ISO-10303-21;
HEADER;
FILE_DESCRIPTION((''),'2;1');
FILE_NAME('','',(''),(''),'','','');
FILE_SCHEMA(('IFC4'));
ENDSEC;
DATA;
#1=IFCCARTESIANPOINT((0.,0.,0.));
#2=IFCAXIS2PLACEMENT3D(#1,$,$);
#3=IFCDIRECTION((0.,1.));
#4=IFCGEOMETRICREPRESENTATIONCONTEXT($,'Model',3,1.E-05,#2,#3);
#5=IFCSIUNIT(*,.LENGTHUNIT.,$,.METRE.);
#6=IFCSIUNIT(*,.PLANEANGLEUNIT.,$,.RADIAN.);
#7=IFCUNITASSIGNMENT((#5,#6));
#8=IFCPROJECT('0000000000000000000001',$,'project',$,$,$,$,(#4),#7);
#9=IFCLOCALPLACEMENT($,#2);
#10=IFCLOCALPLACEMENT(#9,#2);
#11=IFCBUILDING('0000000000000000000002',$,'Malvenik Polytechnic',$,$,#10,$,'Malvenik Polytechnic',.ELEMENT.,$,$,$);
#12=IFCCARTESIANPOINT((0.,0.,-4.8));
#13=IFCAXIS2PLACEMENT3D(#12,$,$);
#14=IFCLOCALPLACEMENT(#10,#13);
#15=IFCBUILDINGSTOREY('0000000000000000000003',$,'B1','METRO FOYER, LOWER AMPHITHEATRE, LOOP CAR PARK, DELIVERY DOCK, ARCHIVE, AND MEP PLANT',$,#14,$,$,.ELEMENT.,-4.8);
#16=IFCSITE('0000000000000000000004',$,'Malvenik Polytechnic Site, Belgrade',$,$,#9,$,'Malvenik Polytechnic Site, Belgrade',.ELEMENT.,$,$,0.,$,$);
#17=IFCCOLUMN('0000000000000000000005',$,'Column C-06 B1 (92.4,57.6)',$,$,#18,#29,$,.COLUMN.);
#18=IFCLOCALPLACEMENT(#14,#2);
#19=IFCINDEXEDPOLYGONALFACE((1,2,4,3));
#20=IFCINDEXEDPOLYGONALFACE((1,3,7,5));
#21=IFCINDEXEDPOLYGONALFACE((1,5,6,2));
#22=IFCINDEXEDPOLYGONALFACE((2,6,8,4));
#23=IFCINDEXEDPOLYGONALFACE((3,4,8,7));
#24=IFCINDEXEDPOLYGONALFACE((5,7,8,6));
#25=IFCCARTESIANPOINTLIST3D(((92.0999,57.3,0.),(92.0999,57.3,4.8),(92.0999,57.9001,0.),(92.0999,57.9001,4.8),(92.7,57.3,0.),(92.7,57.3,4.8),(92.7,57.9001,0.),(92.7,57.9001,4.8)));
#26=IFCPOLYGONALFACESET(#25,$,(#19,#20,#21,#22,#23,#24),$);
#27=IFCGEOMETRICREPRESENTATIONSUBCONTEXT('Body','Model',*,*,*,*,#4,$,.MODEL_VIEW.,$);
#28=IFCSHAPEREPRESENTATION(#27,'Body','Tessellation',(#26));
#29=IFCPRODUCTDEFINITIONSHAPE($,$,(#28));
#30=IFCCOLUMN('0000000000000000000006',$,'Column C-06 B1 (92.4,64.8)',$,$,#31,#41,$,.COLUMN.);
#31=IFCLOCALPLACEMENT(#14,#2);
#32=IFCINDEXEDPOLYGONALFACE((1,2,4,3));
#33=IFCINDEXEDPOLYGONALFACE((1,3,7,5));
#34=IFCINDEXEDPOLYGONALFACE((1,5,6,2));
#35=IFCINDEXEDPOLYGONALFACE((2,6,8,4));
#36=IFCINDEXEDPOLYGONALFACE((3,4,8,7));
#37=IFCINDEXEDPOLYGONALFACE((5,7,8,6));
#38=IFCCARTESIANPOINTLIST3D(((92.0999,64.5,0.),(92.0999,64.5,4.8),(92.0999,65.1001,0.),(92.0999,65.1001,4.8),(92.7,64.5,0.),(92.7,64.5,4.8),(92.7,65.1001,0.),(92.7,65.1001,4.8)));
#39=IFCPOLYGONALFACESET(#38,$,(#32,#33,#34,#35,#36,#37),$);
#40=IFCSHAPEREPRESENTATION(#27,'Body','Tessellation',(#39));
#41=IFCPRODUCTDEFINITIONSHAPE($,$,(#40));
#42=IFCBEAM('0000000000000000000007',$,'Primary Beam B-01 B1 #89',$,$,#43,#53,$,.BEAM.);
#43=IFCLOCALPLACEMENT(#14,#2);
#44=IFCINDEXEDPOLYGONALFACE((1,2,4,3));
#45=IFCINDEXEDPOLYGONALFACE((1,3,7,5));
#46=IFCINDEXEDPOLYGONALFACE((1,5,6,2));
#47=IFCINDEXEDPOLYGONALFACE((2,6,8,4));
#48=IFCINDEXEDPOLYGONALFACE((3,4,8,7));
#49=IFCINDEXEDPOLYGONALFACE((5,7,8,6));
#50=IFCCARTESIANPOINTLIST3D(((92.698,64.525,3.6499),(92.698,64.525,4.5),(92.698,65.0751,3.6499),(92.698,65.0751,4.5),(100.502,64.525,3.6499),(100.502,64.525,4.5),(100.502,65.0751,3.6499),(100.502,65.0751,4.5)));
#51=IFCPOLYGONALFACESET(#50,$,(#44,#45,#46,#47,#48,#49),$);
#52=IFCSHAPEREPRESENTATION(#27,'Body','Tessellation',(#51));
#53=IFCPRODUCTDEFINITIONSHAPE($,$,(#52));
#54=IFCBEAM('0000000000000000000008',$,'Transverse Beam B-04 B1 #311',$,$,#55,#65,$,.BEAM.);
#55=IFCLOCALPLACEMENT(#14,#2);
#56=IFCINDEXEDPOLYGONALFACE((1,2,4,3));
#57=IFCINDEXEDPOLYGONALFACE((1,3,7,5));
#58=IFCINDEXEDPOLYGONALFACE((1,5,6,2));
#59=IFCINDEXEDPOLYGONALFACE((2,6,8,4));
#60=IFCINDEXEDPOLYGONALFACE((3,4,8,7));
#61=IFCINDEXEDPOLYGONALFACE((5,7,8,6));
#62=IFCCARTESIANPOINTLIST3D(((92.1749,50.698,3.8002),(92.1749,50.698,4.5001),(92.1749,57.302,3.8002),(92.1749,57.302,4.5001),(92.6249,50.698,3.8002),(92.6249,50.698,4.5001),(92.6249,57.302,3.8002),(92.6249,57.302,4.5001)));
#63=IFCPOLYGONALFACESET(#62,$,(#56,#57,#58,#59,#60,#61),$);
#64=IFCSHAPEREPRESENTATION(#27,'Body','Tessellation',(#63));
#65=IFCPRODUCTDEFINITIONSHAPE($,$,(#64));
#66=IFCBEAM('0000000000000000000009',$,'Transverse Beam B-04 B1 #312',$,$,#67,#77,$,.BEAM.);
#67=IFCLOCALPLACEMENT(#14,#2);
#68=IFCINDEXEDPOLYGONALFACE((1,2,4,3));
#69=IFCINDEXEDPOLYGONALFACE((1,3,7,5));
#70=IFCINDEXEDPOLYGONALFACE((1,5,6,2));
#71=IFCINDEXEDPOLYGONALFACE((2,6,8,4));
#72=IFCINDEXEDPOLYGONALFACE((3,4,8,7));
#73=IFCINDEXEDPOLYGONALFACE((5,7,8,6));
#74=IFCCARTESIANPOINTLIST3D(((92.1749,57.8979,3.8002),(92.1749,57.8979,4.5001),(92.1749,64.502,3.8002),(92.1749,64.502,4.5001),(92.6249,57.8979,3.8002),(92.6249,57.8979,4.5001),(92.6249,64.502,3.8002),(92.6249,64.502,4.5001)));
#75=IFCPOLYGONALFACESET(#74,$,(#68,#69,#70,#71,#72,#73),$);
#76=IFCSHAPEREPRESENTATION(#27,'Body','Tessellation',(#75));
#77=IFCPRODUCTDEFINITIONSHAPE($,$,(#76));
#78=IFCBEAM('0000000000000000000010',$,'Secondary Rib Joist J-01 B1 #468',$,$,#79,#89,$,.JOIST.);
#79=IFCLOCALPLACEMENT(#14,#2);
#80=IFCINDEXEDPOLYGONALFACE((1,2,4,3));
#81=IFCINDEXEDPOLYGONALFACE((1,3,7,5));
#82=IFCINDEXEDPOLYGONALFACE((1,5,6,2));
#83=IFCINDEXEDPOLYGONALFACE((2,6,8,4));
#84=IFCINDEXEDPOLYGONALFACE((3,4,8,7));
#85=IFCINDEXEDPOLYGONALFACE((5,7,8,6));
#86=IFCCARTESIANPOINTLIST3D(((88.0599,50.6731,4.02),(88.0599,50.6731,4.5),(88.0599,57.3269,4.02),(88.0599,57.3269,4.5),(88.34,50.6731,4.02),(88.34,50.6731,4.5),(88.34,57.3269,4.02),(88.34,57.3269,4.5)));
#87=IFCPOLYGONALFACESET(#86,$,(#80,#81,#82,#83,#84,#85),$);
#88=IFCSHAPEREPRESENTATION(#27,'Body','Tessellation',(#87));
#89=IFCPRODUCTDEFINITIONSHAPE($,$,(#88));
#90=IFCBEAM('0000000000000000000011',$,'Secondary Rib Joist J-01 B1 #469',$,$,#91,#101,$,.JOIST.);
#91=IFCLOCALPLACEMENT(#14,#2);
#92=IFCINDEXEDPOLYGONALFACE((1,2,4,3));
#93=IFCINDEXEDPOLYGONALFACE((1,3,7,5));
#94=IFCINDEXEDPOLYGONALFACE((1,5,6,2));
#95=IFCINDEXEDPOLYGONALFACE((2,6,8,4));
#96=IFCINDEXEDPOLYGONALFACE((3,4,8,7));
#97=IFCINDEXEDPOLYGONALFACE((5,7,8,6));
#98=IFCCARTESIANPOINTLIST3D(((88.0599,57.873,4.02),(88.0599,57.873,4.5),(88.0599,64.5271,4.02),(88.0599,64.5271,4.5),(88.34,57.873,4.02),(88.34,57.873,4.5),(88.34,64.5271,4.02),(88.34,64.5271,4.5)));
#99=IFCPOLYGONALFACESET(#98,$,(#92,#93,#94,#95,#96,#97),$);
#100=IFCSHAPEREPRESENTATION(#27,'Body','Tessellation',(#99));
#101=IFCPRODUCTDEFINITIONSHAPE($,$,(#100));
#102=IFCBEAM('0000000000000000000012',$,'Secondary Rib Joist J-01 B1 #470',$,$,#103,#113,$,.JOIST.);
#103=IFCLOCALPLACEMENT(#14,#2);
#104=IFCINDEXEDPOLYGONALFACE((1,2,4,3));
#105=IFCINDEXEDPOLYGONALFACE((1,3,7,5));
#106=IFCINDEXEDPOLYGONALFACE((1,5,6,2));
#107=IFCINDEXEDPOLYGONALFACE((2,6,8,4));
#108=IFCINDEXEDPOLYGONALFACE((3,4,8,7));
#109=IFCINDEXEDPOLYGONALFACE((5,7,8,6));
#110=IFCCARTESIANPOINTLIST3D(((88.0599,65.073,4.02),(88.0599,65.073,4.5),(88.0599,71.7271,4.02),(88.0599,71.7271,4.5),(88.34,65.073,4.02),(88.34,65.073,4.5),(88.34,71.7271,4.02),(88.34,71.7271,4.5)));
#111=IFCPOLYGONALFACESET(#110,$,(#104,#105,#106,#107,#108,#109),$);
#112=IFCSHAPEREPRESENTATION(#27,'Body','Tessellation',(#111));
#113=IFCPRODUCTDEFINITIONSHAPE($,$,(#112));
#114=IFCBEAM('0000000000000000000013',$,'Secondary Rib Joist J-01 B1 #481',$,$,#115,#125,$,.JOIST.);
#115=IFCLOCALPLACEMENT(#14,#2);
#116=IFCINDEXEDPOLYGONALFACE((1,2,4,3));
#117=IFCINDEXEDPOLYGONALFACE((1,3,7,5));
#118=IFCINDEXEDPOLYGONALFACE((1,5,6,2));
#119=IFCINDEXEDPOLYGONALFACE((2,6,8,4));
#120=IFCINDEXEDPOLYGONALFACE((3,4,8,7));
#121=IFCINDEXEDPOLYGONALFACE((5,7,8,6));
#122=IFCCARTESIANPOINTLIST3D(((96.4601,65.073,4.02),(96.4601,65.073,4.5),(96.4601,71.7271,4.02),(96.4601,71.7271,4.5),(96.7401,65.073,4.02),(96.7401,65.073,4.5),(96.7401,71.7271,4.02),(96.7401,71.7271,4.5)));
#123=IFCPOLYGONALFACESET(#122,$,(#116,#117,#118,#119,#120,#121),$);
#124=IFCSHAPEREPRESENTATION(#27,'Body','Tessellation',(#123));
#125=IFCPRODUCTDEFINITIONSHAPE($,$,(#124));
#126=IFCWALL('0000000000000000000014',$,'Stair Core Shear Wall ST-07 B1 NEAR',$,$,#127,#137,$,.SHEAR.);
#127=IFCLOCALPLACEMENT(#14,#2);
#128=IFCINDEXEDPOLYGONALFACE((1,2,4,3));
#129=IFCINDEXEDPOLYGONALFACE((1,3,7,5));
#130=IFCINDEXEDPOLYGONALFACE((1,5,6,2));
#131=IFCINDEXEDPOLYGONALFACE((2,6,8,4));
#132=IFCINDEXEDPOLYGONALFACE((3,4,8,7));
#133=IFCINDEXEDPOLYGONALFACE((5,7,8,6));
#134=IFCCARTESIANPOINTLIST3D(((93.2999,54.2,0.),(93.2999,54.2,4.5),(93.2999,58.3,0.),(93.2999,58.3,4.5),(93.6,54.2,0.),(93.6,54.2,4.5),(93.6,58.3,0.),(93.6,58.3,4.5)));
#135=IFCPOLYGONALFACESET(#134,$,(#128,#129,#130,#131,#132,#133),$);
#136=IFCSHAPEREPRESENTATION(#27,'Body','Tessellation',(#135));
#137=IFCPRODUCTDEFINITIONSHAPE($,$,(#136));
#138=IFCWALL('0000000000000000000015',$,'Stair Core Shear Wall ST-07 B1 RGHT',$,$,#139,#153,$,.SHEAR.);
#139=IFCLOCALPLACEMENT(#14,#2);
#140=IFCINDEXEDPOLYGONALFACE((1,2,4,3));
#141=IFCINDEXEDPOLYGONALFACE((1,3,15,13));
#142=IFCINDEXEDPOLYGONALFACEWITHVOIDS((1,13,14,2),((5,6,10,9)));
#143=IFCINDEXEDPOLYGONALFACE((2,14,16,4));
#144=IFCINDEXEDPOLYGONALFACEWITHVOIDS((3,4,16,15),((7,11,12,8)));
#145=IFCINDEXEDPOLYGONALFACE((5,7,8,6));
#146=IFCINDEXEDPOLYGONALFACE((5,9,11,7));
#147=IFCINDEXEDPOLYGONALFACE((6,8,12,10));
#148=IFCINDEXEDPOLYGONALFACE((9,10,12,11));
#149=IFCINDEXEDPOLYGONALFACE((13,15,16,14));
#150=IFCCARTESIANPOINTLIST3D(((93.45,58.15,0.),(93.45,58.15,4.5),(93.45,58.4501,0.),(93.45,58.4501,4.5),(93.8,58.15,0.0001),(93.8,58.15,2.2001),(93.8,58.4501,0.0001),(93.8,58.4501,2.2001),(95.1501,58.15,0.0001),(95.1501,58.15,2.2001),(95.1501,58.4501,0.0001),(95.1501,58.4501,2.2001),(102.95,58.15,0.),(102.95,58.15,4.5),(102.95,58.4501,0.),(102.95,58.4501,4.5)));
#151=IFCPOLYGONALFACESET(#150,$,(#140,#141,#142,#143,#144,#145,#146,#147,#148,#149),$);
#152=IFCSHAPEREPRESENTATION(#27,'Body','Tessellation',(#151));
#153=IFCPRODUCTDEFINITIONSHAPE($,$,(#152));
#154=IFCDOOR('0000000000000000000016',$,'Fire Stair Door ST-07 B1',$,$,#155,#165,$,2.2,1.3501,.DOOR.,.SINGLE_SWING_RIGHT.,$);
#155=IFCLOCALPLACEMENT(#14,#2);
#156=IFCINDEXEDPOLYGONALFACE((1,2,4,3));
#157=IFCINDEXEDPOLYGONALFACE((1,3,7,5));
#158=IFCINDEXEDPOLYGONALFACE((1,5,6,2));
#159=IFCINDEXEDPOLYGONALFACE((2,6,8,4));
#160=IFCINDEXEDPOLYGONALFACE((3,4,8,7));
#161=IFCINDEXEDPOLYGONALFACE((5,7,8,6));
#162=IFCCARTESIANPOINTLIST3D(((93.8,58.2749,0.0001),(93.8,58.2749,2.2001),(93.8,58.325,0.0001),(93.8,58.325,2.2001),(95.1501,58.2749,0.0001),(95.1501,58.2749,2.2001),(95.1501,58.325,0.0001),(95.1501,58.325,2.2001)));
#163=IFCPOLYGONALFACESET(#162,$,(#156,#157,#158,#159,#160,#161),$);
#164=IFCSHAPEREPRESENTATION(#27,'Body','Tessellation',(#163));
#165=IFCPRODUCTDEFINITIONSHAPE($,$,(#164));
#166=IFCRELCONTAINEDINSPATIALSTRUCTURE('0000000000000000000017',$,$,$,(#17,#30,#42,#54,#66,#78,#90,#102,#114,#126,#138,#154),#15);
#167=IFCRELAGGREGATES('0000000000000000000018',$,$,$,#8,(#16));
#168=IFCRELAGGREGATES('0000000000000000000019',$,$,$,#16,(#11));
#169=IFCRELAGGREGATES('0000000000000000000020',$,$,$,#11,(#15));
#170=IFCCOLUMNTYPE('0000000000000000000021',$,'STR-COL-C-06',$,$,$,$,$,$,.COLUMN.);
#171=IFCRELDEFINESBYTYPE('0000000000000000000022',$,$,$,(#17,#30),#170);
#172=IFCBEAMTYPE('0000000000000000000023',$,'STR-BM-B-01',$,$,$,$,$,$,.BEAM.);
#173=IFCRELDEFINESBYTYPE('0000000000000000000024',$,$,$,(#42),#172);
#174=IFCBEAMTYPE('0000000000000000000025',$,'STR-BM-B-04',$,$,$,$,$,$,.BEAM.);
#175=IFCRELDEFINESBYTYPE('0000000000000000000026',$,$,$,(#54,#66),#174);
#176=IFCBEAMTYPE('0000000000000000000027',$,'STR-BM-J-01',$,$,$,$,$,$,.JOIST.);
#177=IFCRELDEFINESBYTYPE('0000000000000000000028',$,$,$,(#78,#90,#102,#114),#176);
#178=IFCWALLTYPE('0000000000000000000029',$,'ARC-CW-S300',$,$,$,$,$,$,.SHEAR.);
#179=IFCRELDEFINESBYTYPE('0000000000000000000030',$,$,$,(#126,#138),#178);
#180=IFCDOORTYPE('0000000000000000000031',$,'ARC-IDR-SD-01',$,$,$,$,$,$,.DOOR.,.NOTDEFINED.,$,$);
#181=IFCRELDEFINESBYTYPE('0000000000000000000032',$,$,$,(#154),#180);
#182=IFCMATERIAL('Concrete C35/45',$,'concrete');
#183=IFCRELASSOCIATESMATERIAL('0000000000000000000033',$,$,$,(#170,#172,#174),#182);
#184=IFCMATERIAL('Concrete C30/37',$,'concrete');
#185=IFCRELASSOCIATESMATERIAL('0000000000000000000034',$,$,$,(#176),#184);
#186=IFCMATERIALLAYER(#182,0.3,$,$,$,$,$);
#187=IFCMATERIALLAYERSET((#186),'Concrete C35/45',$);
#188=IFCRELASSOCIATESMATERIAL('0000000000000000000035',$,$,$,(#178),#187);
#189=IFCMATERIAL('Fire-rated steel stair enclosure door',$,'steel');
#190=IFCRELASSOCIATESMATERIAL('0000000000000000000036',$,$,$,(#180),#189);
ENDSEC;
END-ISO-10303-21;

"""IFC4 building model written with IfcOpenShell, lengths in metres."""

from ifc_helpers import new_model, si_unit, direction, frame, frame_2d, origin, origin_2d, place, context, subcontext, project, spatial, rectangle, extrude, material, layer, layer_set, material_profile, profile_set, type_object, element, fill, save


model = new_model("IFC4")

# Units and contexts
model_context = context("Model", 3, precision=1e-05, world=origin(), true_north=direction((0.0, 1.0)))
body_context = subcontext(model_context, "Body", "Model", "MODEL_VIEW")
ifc_project = project(units=[si_unit("LENGTHUNIT", "METRE"), si_unit("PLANEANGLEUNIT", "RADIAN")], contexts=[model_context])

# Site, building, storey
site_placement = place(None, origin())
site = spatial("IfcSite", under=ifc_project, at=site_placement, Name="Malvenik Polytechnic Site, Belgrade", LongName="Malvenik Polytechnic Site, Belgrade", CompositionType="ELEMENT", RefElevation=0.0)
building_placement = place(site_placement, origin())
building = spatial("IfcBuilding", under=site, at=building_placement, Name="Malvenik Polytechnic", LongName="Malvenik Polytechnic", CompositionType="ELEMENT")
storey_placement = place(building_placement, frame((0.0, 0.0, -4.8)))
storey = spatial("IfcBuildingStorey", under=building, at=storey_placement, Name="B1", Description="METRO FOYER, LOWER AMPHITHEATRE, LOOP CAR PARK, DELIVERY DOCK, ARCHIVE, AND MEP PLANT", CompositionType="ELEMENT", Elevation=-4.8)

# Shared definitions
ifc_material_1 = material(Name="Concrete C35/45", Category="concrete")

# Columns
ifc_material_profile_1 = material_profile(ifc_material_1, rectangle(XDim=0.6001, YDim=0.6001, at=origin_2d()), Name="RC COL 600x600")
ifc_profile_set_1 = profile_set([ifc_material_profile_1], Name="Concrete C35/45")
column_type = type_object("IfcColumnType", Name="STR-COL-C-06", PredefinedType="COLUMN", material=ifc_profile_set_1)
for number, where, z_axis, x_axis, name in (
    (1, (92.3999, 57.6001, 0.0), (0.0, 0.0, 1.0), (1.0, 0.0, 0.0), "Column C-06 B1 (92.4,57.6)"),
    (2, (92.3999, 64.8, 0.0), (0.0, 0.0, 1.0), (1.0, 0.0, 0.0), "Column C-06 B1 (92.4,64.8)"),
):
    element("IfcColumn", number, at=place(storey_placement, frame(where, z_axis=z_axis, x_axis=x_axis)), inside=storey, type_object=column_type, Name=name, PredefinedType="COLUMN", context=body_context, shape_type="SweptSolid", body=[
        extrude(rectangle(XDim=0.6001, YDim=0.6001, at=origin_2d()), origin(), (0.0, 0.0, 1.0), 4.8),
    ])

# Beams
ifc_material_profile_2 = material_profile(ifc_material_1, rectangle(XDim=0.55, YDim=0.8501, at=origin_2d()), Name="RC BM 550x850")
ifc_profile_set_2 = profile_set([ifc_material_profile_2], Name="Concrete C35/45")
beam_type_1 = type_object("IfcBeamType", Name="STR-BM-B-01", PredefinedType="BEAM", material=ifc_profile_set_2)
beam_1_placement = place(storey_placement, frame((92.698, 64.8, 4.075), z_axis=(1.0, 0.0, 0.0), x_axis=(0.0, 1.0, 0.0)))
element("IfcBeam", 3, at=beam_1_placement, inside=storey, type_object=beam_type_1, Name="Primary Beam B-01 B1 #89", PredefinedType="BEAM", context=body_context, shape_type="SweptSolid", body=[
    extrude(rectangle(XDim=0.55, YDim=0.8501, at=origin_2d()), origin(), (0.0, 0.0, 1.0), 7.804),
])
ifc_material_profile_3 = material_profile(ifc_material_1, rectangle(XDim=0.45, YDim=0.7, at=origin_2d()), Name="RC BM 450x700")
ifc_profile_set_3 = profile_set([ifc_material_profile_3], Name="Concrete C35/45")
beam_type_2 = type_object("IfcBeamType", Name="STR-BM-B-04", PredefinedType="BEAM", material=ifc_profile_set_3)
for number, where, z_axis, x_axis, name in (
    (4, (92.3999, 50.698, 4.1501), (0.0, 1.0, 0.0), (-1.0, 0.0, 0.0), "Transverse Beam B-04 B1 #311"),
    (5, (92.3999, 57.8979, 4.1501), (0.0, 1.0, 0.0), (-1.0, 0.0, 0.0), "Transverse Beam B-04 B1 #312"),
):
    element("IfcBeam", number, at=place(storey_placement, frame(where, z_axis=z_axis, x_axis=x_axis)), inside=storey, type_object=beam_type_2, Name=name, PredefinedType="BEAM", context=body_context, shape_type="SweptSolid", body=[
        extrude(rectangle(XDim=0.45, YDim=0.7, at=origin_2d()), origin(), (0.0, 0.0, 1.0), 6.604),
    ])
ifc_material_2 = material(Name="Concrete C30/37", Category="concrete")
ifc_material_profile_4 = material_profile(ifc_material_2, rectangle(XDim=0.28, YDim=0.48, at=origin_2d()), Name="RC JST 280x480")
ifc_profile_set_4 = profile_set([ifc_material_profile_4], Name="Concrete C30/37")
beam_type_3 = type_object("IfcBeamType", Name="STR-BM-J-01", PredefinedType="JOIST", material=ifc_profile_set_4)
beam_2_placement = place(storey_placement, frame((88.2, 50.6731, 4.26), z_axis=(0.0, 1.0, 0.0), x_axis=(-1.0, 0.0, 0.0)))
element("IfcBeam", 6, at=beam_2_placement, inside=storey, type_object=beam_type_3, Name="Secondary Rib Joist J-01 B1 #468", PredefinedType="JOIST", context=body_context, shape_type="SweptSolid", body=[
    extrude(rectangle(XDim=0.28, YDim=0.48, at=origin_2d()), origin(), (0.0, 0.0, 1.0), 6.6538),
])
for number, where, z_axis, x_axis, name in (
    (7, (88.2, 57.873, 4.26), (0.0, 1.0, 0.0), (-1.0, 0.0, 0.0), "Secondary Rib Joist J-01 B1 #469"),
    (8, (88.2, 65.073, 4.26), (0.0, 1.0, 0.0), (-1.0, 0.0, 0.0), "Secondary Rib Joist J-01 B1 #470"),
    (9, (96.6001, 65.073, 4.26), (0.0, 1.0, 0.0), (-1.0, 0.0, 0.0), "Secondary Rib Joist J-01 B1 #481"),
):
    element("IfcBeam", number, at=place(storey_placement, frame(where, z_axis=z_axis, x_axis=x_axis)), inside=storey, type_object=beam_type_3, Name=name, PredefinedType="JOIST", context=body_context, shape_type="SweptSolid", body=[
        extrude(rectangle(XDim=0.28, YDim=0.48, at=origin_2d()), origin(), (0.0, 0.0, 1.0), 6.6541),
    ])

# Wall
ifc_layer_1 = layer(ifc_material_1, 0.3)
ifc_layer_set_1 = layer_set([ifc_layer_1], Name="Concrete C35/45")
wall_type = type_object("IfcWallType", Name="ARC-CW-S300", PredefinedType="SHEAR", material=ifc_layer_set_1)
wall_1_placement = place(storey_placement, frame((93.45, 54.2, 0.0), z_axis=(0.0, 0.0, 1.0), x_axis=(0.0, 1.0, 0.0)))
element("IfcWall", 10, at=wall_1_placement, inside=storey, type_object=wall_type, Name="Stair Core Shear Wall ST-07 B1 NEAR", PredefinedType="SHEAR", context=body_context, shape_type="SweptSolid", body=[
    extrude(rectangle(XDim=4.1001, YDim=0.3, at=frame_2d((2.05, 0.0))), origin(), (0.0, 0.0, 1.0), 4.5),
])

# Wall, opening, door
wall_2_placement = place(storey_placement, frame((93.45, 58.3, 0.0), z_axis=(0.0, 0.0, 1.0), x_axis=(1.0, 0.0, 0.0)))
wall_2 = element("IfcWall", 11, at=wall_2_placement, inside=storey, type_object=wall_type, Name="Stair Core Shear Wall ST-07 B1 RGHT", PredefinedType="SHEAR", context=body_context, shape_type="SweptSolid", body=[
    extrude(rectangle(XDim=9.5, YDim=0.3, at=frame_2d((4.75, 0.0))), origin(), (0.0, 0.0, 1.0), 4.5),
])
opening_placement = place(wall_2_placement, frame((0.3501, 0.0, 0.0)))
opening = element("IfcOpeningElement", 12, at=opening_placement, cuts=wall_2, PredefinedType="OPENING", context=body_context, shape_type="SweptSolid", body=[
    extrude(rectangle(XDim=1.3501, YDim=2.2, at=frame_2d((0.675, 1.1001))), frame((0.0, 0.1602, 0.0), z_axis=(0.0, -1.0, 0.0), x_axis=(1.0, 0.0, 0.0)), (0.0, 0.0, 1.0), 0.3201),
])
ifc_material_3 = material(Name="Fire-rated steel stair enclosure door", Category="steel")
door_type = type_object("IfcDoorType", Name="ARC-IDR-SD-01", OperationType="NOTDEFINED", PredefinedType="DOOR", material=ifc_material_3)
door_placement = place(opening_placement, origin())
door = element("IfcDoor", 13, at=door_placement, inside=storey, type_object=door_type, Name="Fire Stair Door ST-07 B1", OperationType="SINGLE_SWING_RIGHT", OverallHeight=2.2, OverallWidth=1.3501, PredefinedType="DOOR", context=body_context, shape_type="SweptSolid", body=[
    extrude(rectangle(XDim=1.3501, YDim=2.2, at=frame_2d((0.675, 1.1001))), frame((0.0, 0.0249, 0.0), z_axis=(0.0, -1.0, 0.0), x_axis=(1.0, 0.0, 0.0)), (0.0, 0.0, 1.0), 0.05),
])
fill(opening, door)

save(model, "model.ifc")
